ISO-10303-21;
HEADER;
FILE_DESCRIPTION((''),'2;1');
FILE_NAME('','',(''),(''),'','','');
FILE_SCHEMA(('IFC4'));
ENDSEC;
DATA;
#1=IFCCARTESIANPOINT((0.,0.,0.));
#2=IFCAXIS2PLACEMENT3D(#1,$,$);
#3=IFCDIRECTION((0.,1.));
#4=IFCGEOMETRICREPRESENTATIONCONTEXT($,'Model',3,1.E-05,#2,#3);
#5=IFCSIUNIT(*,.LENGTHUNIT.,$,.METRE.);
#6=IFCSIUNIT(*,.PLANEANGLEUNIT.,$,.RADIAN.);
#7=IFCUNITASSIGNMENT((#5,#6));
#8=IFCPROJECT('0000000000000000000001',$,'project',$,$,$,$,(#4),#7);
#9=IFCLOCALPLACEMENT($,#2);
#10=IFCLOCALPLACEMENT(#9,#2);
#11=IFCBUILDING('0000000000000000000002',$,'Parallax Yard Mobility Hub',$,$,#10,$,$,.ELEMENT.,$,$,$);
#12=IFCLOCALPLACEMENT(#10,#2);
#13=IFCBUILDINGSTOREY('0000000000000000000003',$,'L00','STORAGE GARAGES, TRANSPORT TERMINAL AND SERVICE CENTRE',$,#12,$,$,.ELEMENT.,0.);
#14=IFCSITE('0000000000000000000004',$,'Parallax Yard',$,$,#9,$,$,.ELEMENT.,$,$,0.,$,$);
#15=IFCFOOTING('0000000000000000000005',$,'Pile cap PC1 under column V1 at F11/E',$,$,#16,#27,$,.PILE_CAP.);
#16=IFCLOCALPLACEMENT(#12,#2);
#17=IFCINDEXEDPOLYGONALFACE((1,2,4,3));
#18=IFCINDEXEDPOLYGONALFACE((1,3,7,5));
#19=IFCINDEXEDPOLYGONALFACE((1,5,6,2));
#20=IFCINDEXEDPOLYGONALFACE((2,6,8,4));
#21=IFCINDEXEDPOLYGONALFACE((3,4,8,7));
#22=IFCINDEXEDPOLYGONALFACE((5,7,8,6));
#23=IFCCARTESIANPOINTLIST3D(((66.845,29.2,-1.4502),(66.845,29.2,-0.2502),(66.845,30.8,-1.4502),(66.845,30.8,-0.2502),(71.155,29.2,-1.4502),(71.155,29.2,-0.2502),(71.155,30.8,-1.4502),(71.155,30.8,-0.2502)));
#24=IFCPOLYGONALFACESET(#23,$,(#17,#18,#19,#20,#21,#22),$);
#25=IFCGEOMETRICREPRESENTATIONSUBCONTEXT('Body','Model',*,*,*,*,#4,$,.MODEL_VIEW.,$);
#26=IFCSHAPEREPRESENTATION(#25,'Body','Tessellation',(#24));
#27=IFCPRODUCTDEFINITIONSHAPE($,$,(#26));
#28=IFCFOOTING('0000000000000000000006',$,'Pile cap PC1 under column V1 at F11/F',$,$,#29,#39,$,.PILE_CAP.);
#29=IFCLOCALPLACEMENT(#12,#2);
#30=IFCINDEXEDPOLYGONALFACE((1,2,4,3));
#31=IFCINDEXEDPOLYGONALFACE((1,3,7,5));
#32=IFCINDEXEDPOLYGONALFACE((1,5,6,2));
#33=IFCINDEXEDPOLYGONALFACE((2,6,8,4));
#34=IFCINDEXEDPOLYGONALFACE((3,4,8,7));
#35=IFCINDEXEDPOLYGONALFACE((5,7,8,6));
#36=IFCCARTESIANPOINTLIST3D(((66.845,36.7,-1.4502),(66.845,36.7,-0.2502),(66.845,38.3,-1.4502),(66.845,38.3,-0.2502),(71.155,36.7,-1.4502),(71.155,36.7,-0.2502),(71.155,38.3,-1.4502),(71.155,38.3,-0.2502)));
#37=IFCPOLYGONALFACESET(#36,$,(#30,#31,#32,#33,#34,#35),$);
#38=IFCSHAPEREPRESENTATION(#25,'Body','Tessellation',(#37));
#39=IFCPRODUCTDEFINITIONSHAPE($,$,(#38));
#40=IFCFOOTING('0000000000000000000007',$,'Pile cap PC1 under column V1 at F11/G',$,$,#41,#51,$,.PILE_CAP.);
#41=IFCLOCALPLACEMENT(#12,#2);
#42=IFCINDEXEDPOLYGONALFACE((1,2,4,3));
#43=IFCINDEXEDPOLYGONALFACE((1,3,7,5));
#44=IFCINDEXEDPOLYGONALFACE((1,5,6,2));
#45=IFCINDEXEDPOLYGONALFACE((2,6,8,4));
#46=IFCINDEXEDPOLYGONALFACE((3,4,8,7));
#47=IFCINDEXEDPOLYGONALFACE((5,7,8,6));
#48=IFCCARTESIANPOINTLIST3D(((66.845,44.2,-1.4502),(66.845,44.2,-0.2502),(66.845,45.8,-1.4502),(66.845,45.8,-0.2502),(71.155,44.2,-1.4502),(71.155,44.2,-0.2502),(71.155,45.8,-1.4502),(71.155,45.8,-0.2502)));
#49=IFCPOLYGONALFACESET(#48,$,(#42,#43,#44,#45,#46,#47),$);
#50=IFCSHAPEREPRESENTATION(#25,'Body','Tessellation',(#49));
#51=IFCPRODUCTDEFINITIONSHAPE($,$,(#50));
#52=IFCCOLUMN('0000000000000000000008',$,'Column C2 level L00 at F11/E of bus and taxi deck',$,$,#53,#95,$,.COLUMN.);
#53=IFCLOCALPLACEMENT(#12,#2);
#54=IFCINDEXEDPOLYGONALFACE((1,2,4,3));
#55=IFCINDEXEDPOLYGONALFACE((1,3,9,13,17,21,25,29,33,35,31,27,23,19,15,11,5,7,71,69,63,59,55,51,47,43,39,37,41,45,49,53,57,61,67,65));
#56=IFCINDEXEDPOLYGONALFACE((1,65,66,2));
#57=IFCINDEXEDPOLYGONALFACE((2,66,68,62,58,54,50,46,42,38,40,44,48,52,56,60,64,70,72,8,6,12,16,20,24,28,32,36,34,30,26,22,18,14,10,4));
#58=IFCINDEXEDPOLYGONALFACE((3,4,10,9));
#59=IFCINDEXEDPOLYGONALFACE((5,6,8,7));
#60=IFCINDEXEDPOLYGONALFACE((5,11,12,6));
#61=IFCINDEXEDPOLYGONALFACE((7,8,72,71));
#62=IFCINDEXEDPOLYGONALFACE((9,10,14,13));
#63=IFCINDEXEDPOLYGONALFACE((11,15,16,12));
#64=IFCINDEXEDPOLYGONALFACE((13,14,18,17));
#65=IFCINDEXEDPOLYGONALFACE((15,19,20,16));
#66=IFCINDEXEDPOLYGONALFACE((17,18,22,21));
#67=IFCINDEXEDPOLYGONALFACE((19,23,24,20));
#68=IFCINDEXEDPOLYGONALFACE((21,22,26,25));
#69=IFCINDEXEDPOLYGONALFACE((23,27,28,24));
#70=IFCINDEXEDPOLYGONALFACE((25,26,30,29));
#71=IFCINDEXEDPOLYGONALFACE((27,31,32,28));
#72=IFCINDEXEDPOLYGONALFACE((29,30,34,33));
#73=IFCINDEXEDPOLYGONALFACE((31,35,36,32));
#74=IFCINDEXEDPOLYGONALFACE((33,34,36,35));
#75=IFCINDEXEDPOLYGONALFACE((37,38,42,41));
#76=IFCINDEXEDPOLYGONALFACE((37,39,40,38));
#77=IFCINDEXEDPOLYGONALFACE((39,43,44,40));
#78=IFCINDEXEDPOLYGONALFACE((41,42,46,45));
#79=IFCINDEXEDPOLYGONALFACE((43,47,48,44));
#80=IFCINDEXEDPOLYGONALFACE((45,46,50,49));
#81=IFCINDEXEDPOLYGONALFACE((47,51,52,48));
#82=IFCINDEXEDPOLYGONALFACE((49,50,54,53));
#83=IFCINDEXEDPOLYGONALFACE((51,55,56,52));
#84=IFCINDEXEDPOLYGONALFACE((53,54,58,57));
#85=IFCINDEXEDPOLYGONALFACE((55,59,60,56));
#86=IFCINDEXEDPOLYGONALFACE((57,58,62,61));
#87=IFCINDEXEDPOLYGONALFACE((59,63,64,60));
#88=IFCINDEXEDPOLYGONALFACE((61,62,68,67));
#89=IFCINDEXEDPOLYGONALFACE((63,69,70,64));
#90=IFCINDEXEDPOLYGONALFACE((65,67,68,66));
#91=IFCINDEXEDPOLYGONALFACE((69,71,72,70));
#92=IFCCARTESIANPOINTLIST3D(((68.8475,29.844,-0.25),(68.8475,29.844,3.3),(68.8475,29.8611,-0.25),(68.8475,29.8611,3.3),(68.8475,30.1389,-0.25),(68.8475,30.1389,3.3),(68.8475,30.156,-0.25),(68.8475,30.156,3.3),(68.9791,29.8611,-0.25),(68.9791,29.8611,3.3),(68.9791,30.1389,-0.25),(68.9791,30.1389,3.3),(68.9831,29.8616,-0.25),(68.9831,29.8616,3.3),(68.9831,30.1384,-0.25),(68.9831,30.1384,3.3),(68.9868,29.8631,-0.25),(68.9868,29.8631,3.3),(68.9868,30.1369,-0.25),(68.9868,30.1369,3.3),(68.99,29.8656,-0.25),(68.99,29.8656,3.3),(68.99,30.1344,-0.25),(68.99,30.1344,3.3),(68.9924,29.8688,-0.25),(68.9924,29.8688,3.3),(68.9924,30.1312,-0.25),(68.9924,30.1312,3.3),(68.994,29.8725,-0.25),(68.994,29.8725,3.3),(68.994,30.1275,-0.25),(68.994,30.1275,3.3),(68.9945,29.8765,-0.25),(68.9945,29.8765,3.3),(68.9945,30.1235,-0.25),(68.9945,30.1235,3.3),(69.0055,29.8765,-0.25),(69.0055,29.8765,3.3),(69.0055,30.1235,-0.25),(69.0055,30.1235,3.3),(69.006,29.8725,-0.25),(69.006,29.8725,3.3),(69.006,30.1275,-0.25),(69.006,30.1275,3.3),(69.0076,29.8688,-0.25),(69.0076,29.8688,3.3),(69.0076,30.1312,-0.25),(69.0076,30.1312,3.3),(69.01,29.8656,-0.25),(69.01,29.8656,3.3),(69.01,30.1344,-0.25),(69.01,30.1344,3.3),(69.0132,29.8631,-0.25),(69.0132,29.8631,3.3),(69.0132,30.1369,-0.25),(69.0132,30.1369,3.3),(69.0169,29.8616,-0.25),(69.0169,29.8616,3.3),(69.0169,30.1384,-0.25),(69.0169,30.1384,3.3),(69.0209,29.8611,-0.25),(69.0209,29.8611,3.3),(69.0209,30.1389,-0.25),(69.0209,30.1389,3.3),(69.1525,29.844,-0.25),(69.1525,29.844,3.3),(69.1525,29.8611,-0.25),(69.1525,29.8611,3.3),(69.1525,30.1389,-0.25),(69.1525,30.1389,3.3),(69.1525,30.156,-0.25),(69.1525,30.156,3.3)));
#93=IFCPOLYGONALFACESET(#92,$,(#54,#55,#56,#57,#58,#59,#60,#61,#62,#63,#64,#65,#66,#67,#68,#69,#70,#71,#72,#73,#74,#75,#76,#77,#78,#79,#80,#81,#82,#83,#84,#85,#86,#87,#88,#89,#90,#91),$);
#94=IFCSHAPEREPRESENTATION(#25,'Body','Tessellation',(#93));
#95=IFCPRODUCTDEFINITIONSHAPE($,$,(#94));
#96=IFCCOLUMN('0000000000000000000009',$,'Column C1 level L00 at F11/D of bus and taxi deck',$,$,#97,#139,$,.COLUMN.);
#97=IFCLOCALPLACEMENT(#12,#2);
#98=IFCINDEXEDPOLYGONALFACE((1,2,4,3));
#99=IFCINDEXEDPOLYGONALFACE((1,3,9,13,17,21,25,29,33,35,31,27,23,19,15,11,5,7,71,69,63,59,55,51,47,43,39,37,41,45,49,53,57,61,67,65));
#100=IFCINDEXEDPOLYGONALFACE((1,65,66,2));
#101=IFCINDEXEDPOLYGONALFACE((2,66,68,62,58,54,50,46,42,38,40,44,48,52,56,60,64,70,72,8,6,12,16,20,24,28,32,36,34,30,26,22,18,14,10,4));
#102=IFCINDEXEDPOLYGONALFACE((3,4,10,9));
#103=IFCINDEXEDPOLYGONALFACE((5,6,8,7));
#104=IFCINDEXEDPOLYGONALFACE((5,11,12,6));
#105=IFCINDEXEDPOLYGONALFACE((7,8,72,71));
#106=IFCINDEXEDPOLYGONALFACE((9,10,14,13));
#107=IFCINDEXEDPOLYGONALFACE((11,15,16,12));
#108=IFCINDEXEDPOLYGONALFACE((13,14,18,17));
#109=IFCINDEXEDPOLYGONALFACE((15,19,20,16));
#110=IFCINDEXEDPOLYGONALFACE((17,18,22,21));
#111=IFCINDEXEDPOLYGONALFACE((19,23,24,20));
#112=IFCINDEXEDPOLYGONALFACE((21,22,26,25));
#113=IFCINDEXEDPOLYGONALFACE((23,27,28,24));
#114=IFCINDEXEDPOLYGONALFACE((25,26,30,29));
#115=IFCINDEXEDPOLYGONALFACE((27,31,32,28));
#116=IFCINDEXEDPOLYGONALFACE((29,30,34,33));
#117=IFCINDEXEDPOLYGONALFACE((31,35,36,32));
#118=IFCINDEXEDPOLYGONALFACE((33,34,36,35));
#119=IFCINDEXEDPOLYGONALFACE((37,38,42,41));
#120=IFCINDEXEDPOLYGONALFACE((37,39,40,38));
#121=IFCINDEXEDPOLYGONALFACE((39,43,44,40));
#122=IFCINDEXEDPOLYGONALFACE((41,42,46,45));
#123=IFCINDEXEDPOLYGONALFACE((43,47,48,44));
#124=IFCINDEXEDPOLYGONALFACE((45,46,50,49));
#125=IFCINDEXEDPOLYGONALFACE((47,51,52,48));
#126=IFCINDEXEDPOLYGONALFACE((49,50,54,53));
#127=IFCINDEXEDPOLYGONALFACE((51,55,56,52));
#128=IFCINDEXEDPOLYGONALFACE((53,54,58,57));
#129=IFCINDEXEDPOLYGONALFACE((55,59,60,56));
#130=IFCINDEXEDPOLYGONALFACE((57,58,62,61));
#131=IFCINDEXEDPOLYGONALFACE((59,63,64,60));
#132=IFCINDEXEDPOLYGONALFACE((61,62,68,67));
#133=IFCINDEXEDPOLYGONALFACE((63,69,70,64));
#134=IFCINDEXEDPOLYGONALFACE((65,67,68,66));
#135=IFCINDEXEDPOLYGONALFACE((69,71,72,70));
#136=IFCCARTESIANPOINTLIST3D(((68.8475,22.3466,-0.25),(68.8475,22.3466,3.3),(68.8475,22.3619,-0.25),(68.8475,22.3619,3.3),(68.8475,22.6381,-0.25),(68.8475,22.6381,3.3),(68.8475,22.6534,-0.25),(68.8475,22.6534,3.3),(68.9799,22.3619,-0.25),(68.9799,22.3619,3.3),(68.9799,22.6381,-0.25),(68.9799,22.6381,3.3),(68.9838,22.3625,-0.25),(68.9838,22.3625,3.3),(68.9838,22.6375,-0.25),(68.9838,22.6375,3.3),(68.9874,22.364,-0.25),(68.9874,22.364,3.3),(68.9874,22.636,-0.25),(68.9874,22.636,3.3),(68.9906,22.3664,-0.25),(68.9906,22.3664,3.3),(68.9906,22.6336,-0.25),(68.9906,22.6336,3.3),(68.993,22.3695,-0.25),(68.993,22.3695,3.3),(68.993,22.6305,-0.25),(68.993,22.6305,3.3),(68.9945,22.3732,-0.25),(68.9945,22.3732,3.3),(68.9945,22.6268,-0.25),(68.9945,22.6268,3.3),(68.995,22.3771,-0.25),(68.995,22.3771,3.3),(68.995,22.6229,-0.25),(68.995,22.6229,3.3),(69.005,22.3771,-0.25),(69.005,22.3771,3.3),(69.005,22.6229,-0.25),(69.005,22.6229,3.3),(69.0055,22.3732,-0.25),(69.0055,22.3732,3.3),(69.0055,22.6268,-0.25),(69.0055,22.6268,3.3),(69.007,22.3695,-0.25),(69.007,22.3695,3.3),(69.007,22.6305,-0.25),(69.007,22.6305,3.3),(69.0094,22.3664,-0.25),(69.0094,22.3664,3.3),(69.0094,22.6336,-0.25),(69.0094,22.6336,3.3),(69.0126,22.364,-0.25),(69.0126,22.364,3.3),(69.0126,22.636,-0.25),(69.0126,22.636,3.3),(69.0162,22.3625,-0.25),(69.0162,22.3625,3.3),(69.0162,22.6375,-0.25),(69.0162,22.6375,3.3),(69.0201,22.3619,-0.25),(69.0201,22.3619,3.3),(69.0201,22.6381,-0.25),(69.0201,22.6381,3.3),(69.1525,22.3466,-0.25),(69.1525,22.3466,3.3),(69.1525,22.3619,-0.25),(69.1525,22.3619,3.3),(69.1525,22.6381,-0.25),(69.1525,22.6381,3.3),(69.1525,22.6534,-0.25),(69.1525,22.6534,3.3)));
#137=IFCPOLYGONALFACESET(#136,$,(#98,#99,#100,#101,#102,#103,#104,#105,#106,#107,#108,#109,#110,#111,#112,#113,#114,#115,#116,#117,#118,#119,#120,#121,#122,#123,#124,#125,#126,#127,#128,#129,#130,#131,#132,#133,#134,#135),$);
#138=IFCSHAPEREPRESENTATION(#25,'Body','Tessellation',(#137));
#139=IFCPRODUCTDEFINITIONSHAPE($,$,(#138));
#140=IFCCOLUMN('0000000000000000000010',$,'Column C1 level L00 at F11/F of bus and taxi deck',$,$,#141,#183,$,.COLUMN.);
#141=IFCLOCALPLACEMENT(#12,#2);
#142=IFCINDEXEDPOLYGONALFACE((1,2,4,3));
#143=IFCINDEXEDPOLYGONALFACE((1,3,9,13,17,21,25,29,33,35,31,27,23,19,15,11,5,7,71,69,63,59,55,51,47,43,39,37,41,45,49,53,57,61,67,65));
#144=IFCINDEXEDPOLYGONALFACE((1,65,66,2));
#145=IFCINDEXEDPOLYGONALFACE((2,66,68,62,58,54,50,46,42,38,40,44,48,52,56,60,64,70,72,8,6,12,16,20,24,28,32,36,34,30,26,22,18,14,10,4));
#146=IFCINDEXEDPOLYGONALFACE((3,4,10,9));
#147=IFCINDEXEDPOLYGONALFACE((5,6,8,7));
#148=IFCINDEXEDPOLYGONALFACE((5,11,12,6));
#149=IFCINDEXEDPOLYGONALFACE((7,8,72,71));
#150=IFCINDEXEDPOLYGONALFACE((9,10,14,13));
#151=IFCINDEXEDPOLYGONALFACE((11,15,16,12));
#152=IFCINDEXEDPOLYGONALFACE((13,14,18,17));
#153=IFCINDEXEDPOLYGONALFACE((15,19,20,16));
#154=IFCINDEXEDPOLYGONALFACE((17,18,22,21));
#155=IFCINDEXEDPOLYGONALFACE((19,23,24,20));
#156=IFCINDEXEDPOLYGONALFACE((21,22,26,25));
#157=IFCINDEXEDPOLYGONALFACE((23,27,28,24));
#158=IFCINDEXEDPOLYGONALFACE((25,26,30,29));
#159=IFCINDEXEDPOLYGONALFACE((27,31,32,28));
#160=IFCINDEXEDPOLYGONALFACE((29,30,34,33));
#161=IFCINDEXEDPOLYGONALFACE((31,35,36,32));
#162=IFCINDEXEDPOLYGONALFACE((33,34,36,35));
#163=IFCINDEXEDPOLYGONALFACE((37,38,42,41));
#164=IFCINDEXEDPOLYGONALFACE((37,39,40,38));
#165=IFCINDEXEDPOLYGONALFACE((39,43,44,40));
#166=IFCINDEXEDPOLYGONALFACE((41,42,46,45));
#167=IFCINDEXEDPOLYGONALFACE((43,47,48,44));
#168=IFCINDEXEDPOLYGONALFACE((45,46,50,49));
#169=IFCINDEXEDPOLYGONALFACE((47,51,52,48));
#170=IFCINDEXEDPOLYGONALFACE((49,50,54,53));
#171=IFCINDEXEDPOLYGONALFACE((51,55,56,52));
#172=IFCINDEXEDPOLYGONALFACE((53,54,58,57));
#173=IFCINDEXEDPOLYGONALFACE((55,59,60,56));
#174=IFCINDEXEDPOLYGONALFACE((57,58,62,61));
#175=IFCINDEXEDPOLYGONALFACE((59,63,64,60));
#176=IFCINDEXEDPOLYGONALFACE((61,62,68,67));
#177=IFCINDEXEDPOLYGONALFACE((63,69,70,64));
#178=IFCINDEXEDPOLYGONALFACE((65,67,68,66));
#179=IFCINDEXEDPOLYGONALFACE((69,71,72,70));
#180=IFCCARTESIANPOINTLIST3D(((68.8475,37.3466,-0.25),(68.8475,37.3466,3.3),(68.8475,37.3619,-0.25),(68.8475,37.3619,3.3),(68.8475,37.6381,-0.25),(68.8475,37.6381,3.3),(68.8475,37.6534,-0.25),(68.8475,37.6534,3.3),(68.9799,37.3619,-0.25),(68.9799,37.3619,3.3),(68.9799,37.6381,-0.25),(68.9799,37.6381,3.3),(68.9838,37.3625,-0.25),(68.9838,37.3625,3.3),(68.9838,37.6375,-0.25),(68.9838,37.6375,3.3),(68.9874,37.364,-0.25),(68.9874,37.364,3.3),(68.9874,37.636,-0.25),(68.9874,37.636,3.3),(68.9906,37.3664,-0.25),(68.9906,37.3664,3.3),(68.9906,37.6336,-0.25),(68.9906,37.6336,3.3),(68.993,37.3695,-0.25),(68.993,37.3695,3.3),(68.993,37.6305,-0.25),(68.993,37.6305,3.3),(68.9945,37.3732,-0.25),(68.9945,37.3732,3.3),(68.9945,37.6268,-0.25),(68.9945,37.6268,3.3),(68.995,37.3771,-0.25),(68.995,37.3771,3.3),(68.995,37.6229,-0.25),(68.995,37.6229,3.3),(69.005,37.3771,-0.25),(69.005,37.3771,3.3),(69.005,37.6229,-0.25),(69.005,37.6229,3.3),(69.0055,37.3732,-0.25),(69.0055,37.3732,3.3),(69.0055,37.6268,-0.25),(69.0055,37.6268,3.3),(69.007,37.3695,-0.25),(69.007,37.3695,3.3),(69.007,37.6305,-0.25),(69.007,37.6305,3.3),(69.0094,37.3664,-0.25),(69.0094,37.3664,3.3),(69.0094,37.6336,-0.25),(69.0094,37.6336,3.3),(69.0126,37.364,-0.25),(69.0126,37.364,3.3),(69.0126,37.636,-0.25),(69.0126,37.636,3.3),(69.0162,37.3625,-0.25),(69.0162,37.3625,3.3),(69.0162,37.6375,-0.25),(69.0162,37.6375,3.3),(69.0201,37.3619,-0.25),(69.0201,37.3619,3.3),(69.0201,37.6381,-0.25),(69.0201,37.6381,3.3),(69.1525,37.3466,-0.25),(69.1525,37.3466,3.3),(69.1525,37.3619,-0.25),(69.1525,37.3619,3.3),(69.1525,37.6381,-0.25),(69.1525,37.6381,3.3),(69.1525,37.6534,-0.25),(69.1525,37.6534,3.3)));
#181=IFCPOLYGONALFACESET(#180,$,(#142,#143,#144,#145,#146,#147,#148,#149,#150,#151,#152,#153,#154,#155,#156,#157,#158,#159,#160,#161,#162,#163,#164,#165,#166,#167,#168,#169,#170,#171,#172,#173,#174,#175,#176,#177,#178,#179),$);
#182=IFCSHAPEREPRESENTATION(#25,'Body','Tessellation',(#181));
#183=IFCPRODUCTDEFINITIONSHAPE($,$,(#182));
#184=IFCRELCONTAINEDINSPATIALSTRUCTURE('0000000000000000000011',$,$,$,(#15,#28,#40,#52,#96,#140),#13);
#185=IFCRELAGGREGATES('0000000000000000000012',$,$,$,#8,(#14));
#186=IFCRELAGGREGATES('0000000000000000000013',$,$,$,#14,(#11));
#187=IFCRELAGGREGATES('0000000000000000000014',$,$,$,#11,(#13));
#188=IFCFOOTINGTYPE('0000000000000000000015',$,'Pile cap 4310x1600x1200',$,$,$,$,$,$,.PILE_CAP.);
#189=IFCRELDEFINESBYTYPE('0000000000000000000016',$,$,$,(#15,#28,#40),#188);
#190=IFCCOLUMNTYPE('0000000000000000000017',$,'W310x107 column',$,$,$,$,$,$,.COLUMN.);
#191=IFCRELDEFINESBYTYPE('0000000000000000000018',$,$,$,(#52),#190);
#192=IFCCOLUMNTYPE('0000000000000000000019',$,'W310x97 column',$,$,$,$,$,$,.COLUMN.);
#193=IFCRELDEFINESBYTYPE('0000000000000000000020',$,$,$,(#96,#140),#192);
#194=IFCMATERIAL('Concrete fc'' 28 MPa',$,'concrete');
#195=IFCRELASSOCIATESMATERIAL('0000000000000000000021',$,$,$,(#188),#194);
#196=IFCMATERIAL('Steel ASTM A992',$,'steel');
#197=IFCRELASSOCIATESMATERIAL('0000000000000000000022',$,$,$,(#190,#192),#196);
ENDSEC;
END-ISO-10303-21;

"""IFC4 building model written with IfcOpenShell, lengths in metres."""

from ifc_helpers import new_model, si_unit, direction, frame, origin, origin_2d, place, context, subcontext, project, spatial, rectangle, i_section, extrude, material, material_profile, profile_set, type_object, element, save


model = new_model("IFC4")

# Units and contexts
model_context = context("Model", 3, precision=1e-05, world=origin(), true_north=direction((0.0, 1.0)))
body_context = subcontext(model_context, "Body", "Model", "MODEL_VIEW")
ifc_project = project(units=[si_unit("LENGTHUNIT", "METRE"), si_unit("PLANEANGLEUNIT", "RADIAN")], contexts=[model_context])

# Site, building, storey
site_placement = place(None, origin())
site = spatial("IfcSite", under=ifc_project, at=site_placement, Name="Parallax Yard", CompositionType="ELEMENT", RefElevation=0.0)
building_placement = place(site_placement, origin())
building = spatial("IfcBuilding", under=site, at=building_placement, Name="Parallax Yard Mobility Hub", CompositionType="ELEMENT")
storey_placement = place(building_placement, origin())
storey = spatial("IfcBuildingStorey", under=building, at=storey_placement, Name="L00", Description="STORAGE GARAGES, TRANSPORT TERMINAL AND SERVICE CENTRE", CompositionType="ELEMENT", Elevation=0.0)

# Shared definitions
ifc_material_1 = material(Name="Concrete fc' 28 MPa", Category="concrete")

# Footings
footing_type_1 = type_object("IfcFootingType", Name="Pile cap 4310x1600x1200", PredefinedType="PILE_CAP", material=ifc_material_1)
for number, where, z_axis, x_axis, name in (
    (1, (69.0, 30.0, -1.4502), (0.0, 0.0, 1.0), (1.0, 0.0, 0.0), "Pile cap PC1 under column V1 at F11/E"),
    (2, (69.0, 37.5, -1.4502), (0.0, 0.0, 1.0), (1.0, 0.0, 0.0), "Pile cap PC1 under column V1 at F11/F"),
    (3, (69.0, 45.0, -1.4502), (0.0, 0.0, 1.0), (1.0, 0.0, 0.0), "Pile cap PC1 under column V1 at F11/G"),
):
    element("IfcFooting", number, at=place(storey_placement, frame(where, z_axis=z_axis, x_axis=x_axis)), inside=storey, type_object=footing_type_1, Name=name, PredefinedType="PILE_CAP", context=body_context, shape_type="SweptSolid", body=[
        extrude(rectangle(XDim=4.3101, YDim=1.6001, at=origin_2d()), origin(), (0.0, 0.0, 1.0), 1.2),
    ])

# Columns
ifc_material_2 = material(Name="Steel ASTM A992", Category="steel")
ifc_material_profile_1 = material_profile(ifc_material_2, i_section(OverallWidth=0.3049, OverallDepth=0.312, WebThickness=0.011, FlangeThickness=0.0171, FilletRadius=0.0154, at=origin_2d()), Name="W310x107")
ifc_profile_set_1 = profile_set([ifc_material_profile_1], Name="Steel ASTM A992")
column_type_1 = type_object("IfcColumnType", Name="W310x107 column", PredefinedType="COLUMN", material=ifc_profile_set_1)
column_placement = place(storey_placement, frame((69.0, 30.0, -0.25), z_axis=(0.0, 0.0, 1.0), x_axis=(1.0, 0.0, 0.0)))
element("IfcColumn", 4, at=column_placement, inside=storey, type_object=column_type_1, Name="Column C2 level L00 at F11/E of bus and taxi deck", PredefinedType="COLUMN", context=body_context, shape_type="SweptSolid", body=[
    extrude(i_section(OverallWidth=0.3049, OverallDepth=0.312, WebThickness=0.011, FlangeThickness=0.0171, FilletRadius=0.0154, at=origin_2d()), origin(), (0.0, 0.0, 1.0), 3.55),
])
ifc_material_profile_2 = material_profile(ifc_material_2, i_section(OverallWidth=0.3049, OverallDepth=0.3069, WebThickness=0.01, FlangeThickness=0.0154, FilletRadius=0.0151, at=origin_2d()), Name="W310x97")
ifc_profile_set_2 = profile_set([ifc_material_profile_2], Name="Steel ASTM A992")
column_type_2 = type_object("IfcColumnType", Name="W310x97 column", PredefinedType="COLUMN", material=ifc_profile_set_2)
for number, where, z_axis, x_axis, name in (
    (5, (69.0, 22.5, -0.25), (0.0, 0.0, 1.0), (1.0, 0.0, 0.0), "Column C1 level L00 at F11/D of bus and taxi deck"),
    (6, (69.0, 37.5, -0.25), (0.0, 0.0, 1.0), (1.0, 0.0, 0.0), "Column C1 level L00 at F11/F of bus and taxi deck"),
):
    element("IfcColumn", number, at=place(storey_placement, frame(where, z_axis=z_axis, x_axis=x_axis)), inside=storey, type_object=column_type_2, Name=name, PredefinedType="COLUMN", context=body_context, shape_type="SweptSolid", body=[
        extrude(i_section(OverallWidth=0.3049, OverallDepth=0.3069, WebThickness=0.01, FlangeThickness=0.0154, FilletRadius=0.0151, at=origin_2d()), origin(), (0.0, 0.0, 1.0), 3.55),
    ])

save(model, "model.ifc")
